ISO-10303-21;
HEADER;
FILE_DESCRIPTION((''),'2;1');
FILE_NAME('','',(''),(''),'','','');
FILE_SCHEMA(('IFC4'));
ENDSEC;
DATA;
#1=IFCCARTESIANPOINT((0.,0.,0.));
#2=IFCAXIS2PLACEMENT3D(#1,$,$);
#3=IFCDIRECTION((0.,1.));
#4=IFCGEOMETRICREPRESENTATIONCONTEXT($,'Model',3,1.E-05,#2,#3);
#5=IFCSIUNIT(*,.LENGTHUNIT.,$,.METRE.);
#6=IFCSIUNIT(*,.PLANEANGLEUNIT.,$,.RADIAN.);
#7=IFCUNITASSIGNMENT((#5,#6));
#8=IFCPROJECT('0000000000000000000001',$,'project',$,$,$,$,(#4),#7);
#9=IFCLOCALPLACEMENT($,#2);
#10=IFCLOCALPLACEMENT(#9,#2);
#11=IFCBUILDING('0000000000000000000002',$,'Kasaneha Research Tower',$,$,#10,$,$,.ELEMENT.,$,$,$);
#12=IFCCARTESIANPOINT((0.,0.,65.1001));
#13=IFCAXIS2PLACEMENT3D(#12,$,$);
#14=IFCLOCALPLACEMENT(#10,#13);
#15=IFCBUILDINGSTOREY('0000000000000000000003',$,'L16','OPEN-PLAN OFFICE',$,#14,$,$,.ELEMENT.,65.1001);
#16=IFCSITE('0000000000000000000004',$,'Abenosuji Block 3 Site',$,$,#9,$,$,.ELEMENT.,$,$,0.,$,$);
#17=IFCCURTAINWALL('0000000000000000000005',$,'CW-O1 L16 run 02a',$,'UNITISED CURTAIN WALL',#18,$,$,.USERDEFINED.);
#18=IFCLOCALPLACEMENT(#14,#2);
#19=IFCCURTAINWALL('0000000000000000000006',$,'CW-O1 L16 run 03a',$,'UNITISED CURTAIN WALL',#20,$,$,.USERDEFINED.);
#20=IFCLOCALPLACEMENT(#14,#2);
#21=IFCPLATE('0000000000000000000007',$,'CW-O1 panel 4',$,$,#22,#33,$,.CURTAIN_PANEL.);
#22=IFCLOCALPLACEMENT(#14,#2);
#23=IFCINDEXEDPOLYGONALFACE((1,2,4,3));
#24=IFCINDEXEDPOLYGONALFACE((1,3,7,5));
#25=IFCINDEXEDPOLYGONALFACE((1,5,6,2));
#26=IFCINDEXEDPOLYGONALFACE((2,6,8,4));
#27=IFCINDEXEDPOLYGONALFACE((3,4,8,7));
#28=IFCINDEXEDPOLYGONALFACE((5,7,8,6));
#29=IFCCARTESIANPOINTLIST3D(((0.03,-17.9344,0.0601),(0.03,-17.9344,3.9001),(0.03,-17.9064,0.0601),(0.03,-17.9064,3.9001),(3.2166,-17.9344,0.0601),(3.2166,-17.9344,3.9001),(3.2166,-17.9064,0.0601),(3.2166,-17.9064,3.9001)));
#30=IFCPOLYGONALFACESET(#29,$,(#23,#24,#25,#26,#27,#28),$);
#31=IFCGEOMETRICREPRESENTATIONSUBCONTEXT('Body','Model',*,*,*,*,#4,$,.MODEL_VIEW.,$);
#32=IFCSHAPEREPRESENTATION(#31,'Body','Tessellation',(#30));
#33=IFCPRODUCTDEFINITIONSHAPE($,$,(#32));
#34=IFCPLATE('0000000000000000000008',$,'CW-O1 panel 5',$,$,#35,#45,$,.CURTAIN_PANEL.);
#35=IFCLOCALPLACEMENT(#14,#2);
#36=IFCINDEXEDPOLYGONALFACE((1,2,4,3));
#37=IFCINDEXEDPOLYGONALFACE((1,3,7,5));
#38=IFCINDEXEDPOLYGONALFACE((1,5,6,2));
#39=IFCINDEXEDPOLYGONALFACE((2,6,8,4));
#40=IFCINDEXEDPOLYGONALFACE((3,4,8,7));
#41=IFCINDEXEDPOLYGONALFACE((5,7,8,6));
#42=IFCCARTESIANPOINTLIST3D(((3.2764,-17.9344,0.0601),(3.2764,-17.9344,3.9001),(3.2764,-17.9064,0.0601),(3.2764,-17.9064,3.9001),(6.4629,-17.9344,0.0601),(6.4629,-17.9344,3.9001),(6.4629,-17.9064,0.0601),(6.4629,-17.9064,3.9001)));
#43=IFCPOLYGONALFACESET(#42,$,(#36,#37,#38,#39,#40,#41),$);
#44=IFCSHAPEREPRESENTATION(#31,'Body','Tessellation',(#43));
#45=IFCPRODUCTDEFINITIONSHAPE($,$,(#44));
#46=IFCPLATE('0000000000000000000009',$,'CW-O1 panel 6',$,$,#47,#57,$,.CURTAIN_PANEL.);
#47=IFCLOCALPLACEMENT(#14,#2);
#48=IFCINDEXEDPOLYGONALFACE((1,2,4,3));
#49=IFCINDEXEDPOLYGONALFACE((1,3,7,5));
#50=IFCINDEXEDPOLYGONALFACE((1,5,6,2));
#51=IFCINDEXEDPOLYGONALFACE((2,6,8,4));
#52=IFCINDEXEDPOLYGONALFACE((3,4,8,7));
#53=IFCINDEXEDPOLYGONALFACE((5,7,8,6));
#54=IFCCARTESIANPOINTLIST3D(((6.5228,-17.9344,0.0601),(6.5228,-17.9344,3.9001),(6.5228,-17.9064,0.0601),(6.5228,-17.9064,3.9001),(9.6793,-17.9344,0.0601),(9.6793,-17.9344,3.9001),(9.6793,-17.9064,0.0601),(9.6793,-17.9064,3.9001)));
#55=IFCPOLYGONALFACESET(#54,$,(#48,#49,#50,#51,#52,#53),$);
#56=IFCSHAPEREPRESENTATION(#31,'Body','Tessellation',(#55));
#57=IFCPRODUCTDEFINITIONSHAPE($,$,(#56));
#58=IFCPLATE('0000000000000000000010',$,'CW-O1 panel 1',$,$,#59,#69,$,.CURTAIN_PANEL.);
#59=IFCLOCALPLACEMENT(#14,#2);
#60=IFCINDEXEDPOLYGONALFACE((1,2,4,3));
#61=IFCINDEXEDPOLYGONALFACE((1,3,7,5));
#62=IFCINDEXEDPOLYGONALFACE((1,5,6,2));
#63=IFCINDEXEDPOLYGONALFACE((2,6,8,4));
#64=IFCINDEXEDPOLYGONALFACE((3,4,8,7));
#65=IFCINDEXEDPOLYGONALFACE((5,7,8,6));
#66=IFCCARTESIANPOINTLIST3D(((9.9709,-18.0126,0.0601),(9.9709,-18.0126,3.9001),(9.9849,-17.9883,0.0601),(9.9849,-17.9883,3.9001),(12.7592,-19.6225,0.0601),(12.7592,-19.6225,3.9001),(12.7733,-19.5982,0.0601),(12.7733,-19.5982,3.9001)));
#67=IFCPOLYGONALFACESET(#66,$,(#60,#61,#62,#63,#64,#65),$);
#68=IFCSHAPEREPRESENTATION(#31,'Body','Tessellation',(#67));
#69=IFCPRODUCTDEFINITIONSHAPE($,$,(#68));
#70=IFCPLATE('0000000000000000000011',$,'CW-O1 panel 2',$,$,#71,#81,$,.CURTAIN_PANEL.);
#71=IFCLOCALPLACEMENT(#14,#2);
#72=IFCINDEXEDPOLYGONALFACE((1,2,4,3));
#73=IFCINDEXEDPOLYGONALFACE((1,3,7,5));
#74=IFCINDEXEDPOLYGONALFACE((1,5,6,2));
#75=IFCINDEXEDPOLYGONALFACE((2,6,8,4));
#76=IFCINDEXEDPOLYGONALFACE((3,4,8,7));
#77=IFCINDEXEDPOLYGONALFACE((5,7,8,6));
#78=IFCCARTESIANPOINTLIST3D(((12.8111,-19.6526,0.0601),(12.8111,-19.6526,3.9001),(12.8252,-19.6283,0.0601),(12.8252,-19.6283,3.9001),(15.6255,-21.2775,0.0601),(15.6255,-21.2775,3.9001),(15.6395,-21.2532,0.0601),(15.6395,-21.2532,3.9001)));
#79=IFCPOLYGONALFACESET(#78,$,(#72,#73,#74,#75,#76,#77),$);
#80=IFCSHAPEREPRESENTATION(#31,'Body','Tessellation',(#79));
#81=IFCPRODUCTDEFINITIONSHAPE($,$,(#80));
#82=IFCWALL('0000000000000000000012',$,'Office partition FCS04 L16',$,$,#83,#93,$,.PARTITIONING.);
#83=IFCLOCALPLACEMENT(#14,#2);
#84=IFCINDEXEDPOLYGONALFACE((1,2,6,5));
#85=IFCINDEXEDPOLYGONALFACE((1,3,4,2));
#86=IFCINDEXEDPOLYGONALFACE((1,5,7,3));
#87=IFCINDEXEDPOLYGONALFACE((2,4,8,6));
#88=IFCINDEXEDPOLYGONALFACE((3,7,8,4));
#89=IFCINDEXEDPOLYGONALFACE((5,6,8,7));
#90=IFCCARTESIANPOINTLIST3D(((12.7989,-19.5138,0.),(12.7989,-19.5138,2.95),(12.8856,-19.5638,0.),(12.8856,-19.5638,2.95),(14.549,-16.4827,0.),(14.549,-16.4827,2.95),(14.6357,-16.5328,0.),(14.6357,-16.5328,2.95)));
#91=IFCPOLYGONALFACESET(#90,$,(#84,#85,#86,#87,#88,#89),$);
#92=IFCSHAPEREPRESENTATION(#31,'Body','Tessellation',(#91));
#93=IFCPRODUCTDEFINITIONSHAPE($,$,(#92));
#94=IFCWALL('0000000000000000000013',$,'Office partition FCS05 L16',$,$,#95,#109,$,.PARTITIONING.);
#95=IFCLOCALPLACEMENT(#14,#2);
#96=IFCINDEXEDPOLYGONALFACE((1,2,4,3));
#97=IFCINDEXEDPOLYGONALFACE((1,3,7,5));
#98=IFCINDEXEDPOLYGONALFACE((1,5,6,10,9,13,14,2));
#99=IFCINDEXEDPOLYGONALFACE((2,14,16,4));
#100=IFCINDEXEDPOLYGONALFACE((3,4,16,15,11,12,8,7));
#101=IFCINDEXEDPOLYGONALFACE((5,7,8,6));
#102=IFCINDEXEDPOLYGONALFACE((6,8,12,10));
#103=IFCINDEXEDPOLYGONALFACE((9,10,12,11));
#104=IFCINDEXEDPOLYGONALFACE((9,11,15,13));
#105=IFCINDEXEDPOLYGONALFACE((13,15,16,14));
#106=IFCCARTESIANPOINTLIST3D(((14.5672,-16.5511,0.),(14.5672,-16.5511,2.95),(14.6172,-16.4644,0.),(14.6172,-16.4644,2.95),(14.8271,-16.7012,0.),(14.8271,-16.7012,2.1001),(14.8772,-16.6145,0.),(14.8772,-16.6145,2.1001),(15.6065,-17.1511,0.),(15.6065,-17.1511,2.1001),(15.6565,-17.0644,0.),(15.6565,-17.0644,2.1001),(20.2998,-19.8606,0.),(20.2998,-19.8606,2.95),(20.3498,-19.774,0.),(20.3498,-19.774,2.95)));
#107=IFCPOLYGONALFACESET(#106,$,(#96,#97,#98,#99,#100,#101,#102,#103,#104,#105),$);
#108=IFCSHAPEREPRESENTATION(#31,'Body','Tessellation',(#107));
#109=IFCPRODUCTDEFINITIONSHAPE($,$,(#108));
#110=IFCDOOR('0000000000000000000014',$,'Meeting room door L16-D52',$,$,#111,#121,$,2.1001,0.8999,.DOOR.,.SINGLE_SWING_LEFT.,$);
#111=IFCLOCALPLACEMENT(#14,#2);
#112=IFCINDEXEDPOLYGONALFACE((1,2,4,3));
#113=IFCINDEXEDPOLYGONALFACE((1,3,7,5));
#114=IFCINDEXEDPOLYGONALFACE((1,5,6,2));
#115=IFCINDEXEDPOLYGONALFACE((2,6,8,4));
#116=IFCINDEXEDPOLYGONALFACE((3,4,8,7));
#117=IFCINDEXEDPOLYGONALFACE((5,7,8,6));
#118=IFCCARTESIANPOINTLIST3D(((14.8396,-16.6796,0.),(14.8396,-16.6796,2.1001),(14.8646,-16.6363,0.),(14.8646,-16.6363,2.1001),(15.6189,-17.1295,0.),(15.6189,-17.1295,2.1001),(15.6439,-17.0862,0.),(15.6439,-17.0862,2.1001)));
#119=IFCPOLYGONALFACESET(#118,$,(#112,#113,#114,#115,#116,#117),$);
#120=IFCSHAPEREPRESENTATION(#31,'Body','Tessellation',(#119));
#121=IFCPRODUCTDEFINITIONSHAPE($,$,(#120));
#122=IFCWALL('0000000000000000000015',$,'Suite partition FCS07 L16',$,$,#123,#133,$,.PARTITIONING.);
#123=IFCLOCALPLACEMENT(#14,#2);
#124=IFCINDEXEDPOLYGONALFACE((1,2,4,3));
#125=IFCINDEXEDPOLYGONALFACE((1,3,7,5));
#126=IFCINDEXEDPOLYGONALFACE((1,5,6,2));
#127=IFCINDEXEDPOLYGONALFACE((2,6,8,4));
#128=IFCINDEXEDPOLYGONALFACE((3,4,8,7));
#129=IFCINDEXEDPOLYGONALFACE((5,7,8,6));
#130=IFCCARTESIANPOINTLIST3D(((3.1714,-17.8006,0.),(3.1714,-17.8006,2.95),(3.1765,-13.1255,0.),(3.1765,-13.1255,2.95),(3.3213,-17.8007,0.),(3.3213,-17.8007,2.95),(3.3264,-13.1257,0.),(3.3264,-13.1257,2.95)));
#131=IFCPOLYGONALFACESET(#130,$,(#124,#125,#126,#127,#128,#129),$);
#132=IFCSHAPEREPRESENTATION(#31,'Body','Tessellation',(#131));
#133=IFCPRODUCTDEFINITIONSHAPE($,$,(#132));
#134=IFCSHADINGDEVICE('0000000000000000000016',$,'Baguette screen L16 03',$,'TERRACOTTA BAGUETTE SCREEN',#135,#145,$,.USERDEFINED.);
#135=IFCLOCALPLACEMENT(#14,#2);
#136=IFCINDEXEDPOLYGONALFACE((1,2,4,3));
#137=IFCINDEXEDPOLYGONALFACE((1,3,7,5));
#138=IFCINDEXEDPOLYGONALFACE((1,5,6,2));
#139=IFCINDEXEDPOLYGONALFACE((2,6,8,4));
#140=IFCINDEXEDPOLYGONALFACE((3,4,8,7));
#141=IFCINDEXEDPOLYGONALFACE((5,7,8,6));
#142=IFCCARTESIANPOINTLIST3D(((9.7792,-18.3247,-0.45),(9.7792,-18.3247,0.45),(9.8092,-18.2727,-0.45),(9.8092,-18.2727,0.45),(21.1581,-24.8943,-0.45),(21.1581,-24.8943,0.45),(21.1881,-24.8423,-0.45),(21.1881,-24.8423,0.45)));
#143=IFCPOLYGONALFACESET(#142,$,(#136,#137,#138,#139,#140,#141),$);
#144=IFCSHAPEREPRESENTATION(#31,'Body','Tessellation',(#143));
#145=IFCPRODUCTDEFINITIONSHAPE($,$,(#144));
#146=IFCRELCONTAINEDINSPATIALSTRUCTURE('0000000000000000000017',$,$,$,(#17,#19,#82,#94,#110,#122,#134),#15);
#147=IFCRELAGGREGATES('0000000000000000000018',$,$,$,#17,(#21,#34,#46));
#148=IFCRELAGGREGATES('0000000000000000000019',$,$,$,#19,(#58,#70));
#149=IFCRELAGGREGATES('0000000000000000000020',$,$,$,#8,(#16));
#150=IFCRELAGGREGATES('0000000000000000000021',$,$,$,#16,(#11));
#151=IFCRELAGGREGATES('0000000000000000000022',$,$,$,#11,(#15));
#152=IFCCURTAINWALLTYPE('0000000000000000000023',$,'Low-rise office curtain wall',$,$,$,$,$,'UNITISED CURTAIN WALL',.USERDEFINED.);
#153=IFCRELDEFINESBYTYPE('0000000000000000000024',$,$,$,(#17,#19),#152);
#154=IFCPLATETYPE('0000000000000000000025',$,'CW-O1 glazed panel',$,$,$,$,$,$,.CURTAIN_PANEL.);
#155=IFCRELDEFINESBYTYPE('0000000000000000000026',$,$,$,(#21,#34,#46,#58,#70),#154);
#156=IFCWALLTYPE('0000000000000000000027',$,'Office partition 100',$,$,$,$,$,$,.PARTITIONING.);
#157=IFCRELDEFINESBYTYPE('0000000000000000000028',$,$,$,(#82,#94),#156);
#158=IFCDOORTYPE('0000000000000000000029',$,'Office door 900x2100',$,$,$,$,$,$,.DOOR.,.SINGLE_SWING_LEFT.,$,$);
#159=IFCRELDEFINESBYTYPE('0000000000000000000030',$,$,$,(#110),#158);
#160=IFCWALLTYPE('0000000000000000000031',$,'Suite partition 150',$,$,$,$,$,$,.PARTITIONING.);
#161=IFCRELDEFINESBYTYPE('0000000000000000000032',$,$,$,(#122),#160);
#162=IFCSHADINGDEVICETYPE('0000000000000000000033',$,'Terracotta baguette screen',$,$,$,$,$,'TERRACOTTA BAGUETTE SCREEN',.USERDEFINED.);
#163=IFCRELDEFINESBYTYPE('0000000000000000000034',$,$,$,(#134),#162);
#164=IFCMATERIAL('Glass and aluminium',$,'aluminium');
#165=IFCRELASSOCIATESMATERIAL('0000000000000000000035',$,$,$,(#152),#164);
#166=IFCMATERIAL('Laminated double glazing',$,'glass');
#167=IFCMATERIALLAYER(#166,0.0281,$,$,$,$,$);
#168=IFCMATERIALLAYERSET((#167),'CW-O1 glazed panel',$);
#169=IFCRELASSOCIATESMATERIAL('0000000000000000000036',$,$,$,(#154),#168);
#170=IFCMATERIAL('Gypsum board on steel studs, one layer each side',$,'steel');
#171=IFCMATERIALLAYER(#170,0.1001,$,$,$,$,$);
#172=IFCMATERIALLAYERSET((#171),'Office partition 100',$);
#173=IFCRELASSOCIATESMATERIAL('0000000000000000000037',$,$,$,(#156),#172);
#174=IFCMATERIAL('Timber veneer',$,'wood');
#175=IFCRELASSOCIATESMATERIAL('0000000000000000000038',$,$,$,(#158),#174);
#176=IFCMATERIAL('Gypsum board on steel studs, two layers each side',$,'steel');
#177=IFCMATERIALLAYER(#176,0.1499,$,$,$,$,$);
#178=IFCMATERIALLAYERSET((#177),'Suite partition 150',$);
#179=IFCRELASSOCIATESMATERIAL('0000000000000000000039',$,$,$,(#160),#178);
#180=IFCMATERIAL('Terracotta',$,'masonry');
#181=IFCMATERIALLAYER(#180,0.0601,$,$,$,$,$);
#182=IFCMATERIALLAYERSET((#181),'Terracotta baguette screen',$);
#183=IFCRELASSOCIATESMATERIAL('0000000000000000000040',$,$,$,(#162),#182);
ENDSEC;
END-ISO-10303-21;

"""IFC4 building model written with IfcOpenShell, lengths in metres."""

from ifc_helpers import new_model, si_unit, direction, frame, frame_2d, origin, origin_2d, place, context, subcontext, project, spatial, rectangle, extrude, material, layer, layer_set, type_object, element, fill, aggregate, save


model = new_model("IFC4")

# Units and contexts
model_context = context("Model", 3, precision=1e-05, world=origin(), true_north=direction((0.0, 1.0)))
body_context = subcontext(model_context, "Body", "Model", "MODEL_VIEW")
ifc_project = project(units=[si_unit("LENGTHUNIT", "METRE"), si_unit("PLANEANGLEUNIT", "RADIAN")], contexts=[model_context])

# Site, building, storey
site_placement = place(None, origin())
site = spatial("IfcSite", under=ifc_project, at=site_placement, Name="Abenosuji Block 3 Site", CompositionType="ELEMENT", RefElevation=0.0)
building_placement = place(site_placement, origin())
building = spatial("IfcBuilding", under=site, at=building_placement, Name="Kasaneha Research Tower", CompositionType="ELEMENT")
storey_placement = place(building_placement, frame((0.0, 0.0, 65.1001)))
storey = spatial("IfcBuildingStorey", under=building, at=storey_placement, Name="L16", Description="OPEN-PLAN OFFICE", CompositionType="ELEMENT", Elevation=65.1001)

# Curtain walls
ifc_material_1 = material(Name="Glass and aluminium", Category="aluminium")
curtain_wall_type = type_object("IfcCurtainWallType", Name="Low-rise office curtain wall", ElementType="UNITISED CURTAIN WALL", PredefinedType="USERDEFINED", material=ifc_material_1)
curtain_wall_1_placement = place(storey_placement, origin())
curtain_wall_1 = element("IfcCurtainWall", 1, at=curtain_wall_1_placement, inside=storey, type_object=curtain_wall_type, Name="CW-O1 L16 run 02a", ObjectType="UNITISED CURTAIN WALL", PredefinedType="USERDEFINED")
curtain_wall_2_placement = place(storey_placement, origin())
curtain_wall_2 = element("IfcCurtainWall", 2, at=curtain_wall_2_placement, inside=storey, type_object=curtain_wall_type, Name="CW-O1 L16 run 03a", ObjectType="UNITISED CURTAIN WALL", PredefinedType="USERDEFINED")

# Plates
ifc_material_2 = material(Name="Laminated double glazing", Category="glass")
ifc_layer_1 = layer(ifc_material_2, 0.0281)
ifc_layer_set_1 = layer_set([ifc_layer_1], Name="CW-O1 glazed panel")
plate_type = type_object("IfcPlateType", Name="CW-O1 glazed panel", PredefinedType="CURTAIN_PANEL", material=ifc_layer_set_1)
plate_1_placement = place(storey_placement, frame((1.6233, -17.9204, 0.0601), z_axis=(0.0, 0.0, 1.0), x_axis=(1.0, 0.0, 0.0)))
plate_1 = element("IfcPlate", 3, at=plate_1_placement, type_object=plate_type, Name="CW-O1 panel 4", PredefinedType="CURTAIN_PANEL", context=body_context, shape_type="SweptSolid", body=[
    extrude(rectangle(XDim=3.1865, YDim=0.0281, at=origin_2d()), origin(), (0.0, 0.0, 1.0), 3.8401),
])
plate_2_placement = place(storey_placement, frame((4.8696, -17.9204, 0.0601), z_axis=(0.0, 0.0, 1.0), x_axis=(1.0, 0.0, 0.0)))
plate_2 = element("IfcPlate", 4, at=plate_2_placement, type_object=plate_type, Name="CW-O1 panel 5", PredefinedType="CURTAIN_PANEL", context=body_context, shape_type="SweptSolid", body=[
    extrude(rectangle(XDim=3.1865, YDim=0.0281, at=origin_2d()), origin(), (0.0, 0.0, 1.0), 3.8401),
])
plate_3_placement = place(storey_placement, frame((8.1011, -17.9204, 0.0601), z_axis=(0.0, 0.0, 1.0), x_axis=(1.0, 0.0, 0.0)))
plate_3 = element("IfcPlate", 5, at=plate_3_placement, type_object=plate_type, Name="CW-O1 panel 6", PredefinedType="CURTAIN_PANEL", context=body_context, shape_type="SweptSolid", body=[
    extrude(rectangle(XDim=3.1565, YDim=0.0281, at=origin_2d()), origin(), (0.0, 0.0, 1.0), 3.8401),
])
aggregate(curtain_wall_1, [plate_1, plate_2, plate_3])
plate_4_placement = place(storey_placement, frame((11.3721, -18.8054, 0.0601), z_axis=(0.0, 0.0, 1.0), x_axis=(0.866025, -0.5, 0.0)))
plate_4 = element("IfcPlate", 6, at=plate_4_placement, type_object=plate_type, Name="CW-O1 panel 1", PredefinedType="CURTAIN_PANEL", context=body_context, shape_type="SweptSolid", body=[
    extrude(rectangle(XDim=3.2197, YDim=0.0281, at=origin_2d()), origin(), (0.0, 0.0, 1.0), 3.8401),
])
plate_5_placement = place(storey_placement, frame((14.2253, -20.4529, 0.0601), z_axis=(0.0, 0.0, 1.0), x_axis=(0.866025, -0.5, 0.0)))
plate_5 = element("IfcPlate", 7, at=plate_5_placement, type_object=plate_type, Name="CW-O1 panel 2", PredefinedType="CURTAIN_PANEL", context=body_context, shape_type="SweptSolid", body=[
    extrude(rectangle(XDim=3.2498, YDim=0.0281, at=origin_2d()), origin(), (0.0, 0.0, 1.0), 3.8401),
])
aggregate(curtain_wall_2, [plate_4, plate_5])

# Wall
ifc_material_3 = material(Name="Gypsum board on steel studs, one layer each side", Category="steel")
ifc_layer_2 = layer(ifc_material_3, 0.1001)
ifc_layer_set_2 = layer_set([ifc_layer_2], Name="Office partition 100")
wall_type_1 = type_object("IfcWallType", Name="Office partition 100", PredefinedType="PARTITIONING", material=ifc_layer_set_2)
wall_1_placement = place(storey_placement, frame((12.8423, -19.5388, 0.0), z_axis=(0.0, 0.0, 1.0), x_axis=(0.50001, 0.866019, 0.0)))
element("IfcWall", 8, at=wall_1_placement, inside=storey, type_object=wall_type_1, Name="Office partition FCS04 L16", PredefinedType="PARTITIONING", context=body_context, shape_type="SweptSolid", body=[
    extrude(rectangle(XDim=3.5, YDim=0.1001, at=frame_2d((1.75, 0.0))), origin(), (0.0, 0.0, 1.0), 2.95),
])

# Wall, opening, door
wall_2_placement = place(storey_placement, frame((14.5923, -16.5078, 0.0), z_axis=(0.0, 0.0, 1.0), x_axis=(0.866038, -0.499979, 0.0)))
wall_2 = element("IfcWall", 9, at=wall_2_placement, inside=storey, type_object=wall_type_1, Name="Office partition FCS05 L16", PredefinedType="PARTITIONING", context=body_context, shape_type="SweptSolid", body=[
    extrude(rectangle(XDim=6.6194, YDim=0.1001, at=frame_2d((3.3096, 0.0))), origin(), (0.0, 0.0, 1.0), 2.95),
])
opening_placement = place(wall_2_placement, frame((0.3, 0.0, 0.0)))
opening = element("IfcOpeningElement", 10, at=opening_placement, cuts=wall_2, PredefinedType="OPENING", context=body_context, shape_type="SweptSolid", body=[
    extrude(rectangle(XDim=0.8999, YDim=2.1001, at=frame_2d((0.45, 1.05))), frame((0.0, 0.0601, 0.0), z_axis=(0.0, -1.0, 0.0), x_axis=(1.0, 0.0, 0.0)), (0.0, 0.0, 1.0), 0.1201),
])
ifc_material_4 = material(Name="Timber veneer", Category="wood")
door_type = type_object("IfcDoorType", Name="Office door 900x2100", OperationType="SINGLE_SWING_LEFT", PredefinedType="DOOR", material=ifc_material_4)
door_placement = place(opening_placement, origin())
door = element("IfcDoor", 11, at=door_placement, inside=storey, type_object=door_type, Name="Meeting room door L16-D52", OperationType="SINGLE_SWING_LEFT", OverallHeight=2.1001, OverallWidth=0.8999, PredefinedType="DOOR", context=body_context, shape_type="SweptSolid", body=[
    extrude(rectangle(XDim=0.8999, YDim=2.1001, at=frame_2d((0.45, 1.05))), frame((0.0, 0.0249, 0.0), z_axis=(0.0, -1.0, 0.0), x_axis=(1.0, 0.0, 0.0)), (0.0, 0.0, 1.0), 0.05),
])
fill(opening, door)

# Wall
ifc_material_5 = material(Name="Gypsum board on steel studs, two layers each side", Category="steel")
ifc_layer_3 = layer(ifc_material_5, 0.1499)
ifc_layer_set_3 = layer_set([ifc_layer_3], Name="Suite partition 150")
wall_type_2 = type_object("IfcWallType", Name="Suite partition 150", PredefinedType="PARTITIONING", material=ifc_layer_set_3)
wall_3_placement = place(storey_placement, frame((3.2463, -17.8005, 0.0), z_axis=(0.0, 0.0, 1.0), x_axis=(0.001097, 0.999999, 0.0)))
element("IfcWall", 12, at=wall_3_placement, inside=storey, type_object=wall_type_2, Name="Suite partition FCS07 L16", PredefinedType="PARTITIONING", context=body_context, shape_type="SweptSolid", body=[
    extrude(rectangle(XDim=4.675, YDim=0.1499, at=frame_2d((2.3374, 0.0))), origin(), (0.0, 0.0, 1.0), 2.95),
])

# Shading device
ifc_material_6 = material(Name="Terracotta", Category="masonry")
ifc_layer_4 = layer(ifc_material_6, 0.0601)
ifc_layer_set_4 = layer_set([ifc_layer_4], Name="Terracotta baguette screen")
shading_device_type = type_object("IfcShadingDeviceType", Name="Terracotta baguette screen", ElementType="TERRACOTTA BAGUETTE SCREEN", PredefinedType="USERDEFINED", material=ifc_layer_set_4)
shading_device_placement = place(storey_placement, frame((15.4836, -21.5835, -0.45), z_axis=(0.0, 0.0, 1.0), x_axis=(0.866025, -0.5, 0.0)))
element("IfcShadingDevice", 13, at=shading_device_placement, inside=storey, type_object=shading_device_type, Name="Baguette screen L16 03", ObjectType="TERRACOTTA BAGUETTE SCREEN", PredefinedType="USERDEFINED", context=body_context, shape_type="SweptSolid", body=[
    extrude(rectangle(XDim=13.1392, YDim=0.0601, at=origin_2d()), origin(), (0.0, 0.0, 1.0), 0.8999),
])

save(model, "model.ifc")
